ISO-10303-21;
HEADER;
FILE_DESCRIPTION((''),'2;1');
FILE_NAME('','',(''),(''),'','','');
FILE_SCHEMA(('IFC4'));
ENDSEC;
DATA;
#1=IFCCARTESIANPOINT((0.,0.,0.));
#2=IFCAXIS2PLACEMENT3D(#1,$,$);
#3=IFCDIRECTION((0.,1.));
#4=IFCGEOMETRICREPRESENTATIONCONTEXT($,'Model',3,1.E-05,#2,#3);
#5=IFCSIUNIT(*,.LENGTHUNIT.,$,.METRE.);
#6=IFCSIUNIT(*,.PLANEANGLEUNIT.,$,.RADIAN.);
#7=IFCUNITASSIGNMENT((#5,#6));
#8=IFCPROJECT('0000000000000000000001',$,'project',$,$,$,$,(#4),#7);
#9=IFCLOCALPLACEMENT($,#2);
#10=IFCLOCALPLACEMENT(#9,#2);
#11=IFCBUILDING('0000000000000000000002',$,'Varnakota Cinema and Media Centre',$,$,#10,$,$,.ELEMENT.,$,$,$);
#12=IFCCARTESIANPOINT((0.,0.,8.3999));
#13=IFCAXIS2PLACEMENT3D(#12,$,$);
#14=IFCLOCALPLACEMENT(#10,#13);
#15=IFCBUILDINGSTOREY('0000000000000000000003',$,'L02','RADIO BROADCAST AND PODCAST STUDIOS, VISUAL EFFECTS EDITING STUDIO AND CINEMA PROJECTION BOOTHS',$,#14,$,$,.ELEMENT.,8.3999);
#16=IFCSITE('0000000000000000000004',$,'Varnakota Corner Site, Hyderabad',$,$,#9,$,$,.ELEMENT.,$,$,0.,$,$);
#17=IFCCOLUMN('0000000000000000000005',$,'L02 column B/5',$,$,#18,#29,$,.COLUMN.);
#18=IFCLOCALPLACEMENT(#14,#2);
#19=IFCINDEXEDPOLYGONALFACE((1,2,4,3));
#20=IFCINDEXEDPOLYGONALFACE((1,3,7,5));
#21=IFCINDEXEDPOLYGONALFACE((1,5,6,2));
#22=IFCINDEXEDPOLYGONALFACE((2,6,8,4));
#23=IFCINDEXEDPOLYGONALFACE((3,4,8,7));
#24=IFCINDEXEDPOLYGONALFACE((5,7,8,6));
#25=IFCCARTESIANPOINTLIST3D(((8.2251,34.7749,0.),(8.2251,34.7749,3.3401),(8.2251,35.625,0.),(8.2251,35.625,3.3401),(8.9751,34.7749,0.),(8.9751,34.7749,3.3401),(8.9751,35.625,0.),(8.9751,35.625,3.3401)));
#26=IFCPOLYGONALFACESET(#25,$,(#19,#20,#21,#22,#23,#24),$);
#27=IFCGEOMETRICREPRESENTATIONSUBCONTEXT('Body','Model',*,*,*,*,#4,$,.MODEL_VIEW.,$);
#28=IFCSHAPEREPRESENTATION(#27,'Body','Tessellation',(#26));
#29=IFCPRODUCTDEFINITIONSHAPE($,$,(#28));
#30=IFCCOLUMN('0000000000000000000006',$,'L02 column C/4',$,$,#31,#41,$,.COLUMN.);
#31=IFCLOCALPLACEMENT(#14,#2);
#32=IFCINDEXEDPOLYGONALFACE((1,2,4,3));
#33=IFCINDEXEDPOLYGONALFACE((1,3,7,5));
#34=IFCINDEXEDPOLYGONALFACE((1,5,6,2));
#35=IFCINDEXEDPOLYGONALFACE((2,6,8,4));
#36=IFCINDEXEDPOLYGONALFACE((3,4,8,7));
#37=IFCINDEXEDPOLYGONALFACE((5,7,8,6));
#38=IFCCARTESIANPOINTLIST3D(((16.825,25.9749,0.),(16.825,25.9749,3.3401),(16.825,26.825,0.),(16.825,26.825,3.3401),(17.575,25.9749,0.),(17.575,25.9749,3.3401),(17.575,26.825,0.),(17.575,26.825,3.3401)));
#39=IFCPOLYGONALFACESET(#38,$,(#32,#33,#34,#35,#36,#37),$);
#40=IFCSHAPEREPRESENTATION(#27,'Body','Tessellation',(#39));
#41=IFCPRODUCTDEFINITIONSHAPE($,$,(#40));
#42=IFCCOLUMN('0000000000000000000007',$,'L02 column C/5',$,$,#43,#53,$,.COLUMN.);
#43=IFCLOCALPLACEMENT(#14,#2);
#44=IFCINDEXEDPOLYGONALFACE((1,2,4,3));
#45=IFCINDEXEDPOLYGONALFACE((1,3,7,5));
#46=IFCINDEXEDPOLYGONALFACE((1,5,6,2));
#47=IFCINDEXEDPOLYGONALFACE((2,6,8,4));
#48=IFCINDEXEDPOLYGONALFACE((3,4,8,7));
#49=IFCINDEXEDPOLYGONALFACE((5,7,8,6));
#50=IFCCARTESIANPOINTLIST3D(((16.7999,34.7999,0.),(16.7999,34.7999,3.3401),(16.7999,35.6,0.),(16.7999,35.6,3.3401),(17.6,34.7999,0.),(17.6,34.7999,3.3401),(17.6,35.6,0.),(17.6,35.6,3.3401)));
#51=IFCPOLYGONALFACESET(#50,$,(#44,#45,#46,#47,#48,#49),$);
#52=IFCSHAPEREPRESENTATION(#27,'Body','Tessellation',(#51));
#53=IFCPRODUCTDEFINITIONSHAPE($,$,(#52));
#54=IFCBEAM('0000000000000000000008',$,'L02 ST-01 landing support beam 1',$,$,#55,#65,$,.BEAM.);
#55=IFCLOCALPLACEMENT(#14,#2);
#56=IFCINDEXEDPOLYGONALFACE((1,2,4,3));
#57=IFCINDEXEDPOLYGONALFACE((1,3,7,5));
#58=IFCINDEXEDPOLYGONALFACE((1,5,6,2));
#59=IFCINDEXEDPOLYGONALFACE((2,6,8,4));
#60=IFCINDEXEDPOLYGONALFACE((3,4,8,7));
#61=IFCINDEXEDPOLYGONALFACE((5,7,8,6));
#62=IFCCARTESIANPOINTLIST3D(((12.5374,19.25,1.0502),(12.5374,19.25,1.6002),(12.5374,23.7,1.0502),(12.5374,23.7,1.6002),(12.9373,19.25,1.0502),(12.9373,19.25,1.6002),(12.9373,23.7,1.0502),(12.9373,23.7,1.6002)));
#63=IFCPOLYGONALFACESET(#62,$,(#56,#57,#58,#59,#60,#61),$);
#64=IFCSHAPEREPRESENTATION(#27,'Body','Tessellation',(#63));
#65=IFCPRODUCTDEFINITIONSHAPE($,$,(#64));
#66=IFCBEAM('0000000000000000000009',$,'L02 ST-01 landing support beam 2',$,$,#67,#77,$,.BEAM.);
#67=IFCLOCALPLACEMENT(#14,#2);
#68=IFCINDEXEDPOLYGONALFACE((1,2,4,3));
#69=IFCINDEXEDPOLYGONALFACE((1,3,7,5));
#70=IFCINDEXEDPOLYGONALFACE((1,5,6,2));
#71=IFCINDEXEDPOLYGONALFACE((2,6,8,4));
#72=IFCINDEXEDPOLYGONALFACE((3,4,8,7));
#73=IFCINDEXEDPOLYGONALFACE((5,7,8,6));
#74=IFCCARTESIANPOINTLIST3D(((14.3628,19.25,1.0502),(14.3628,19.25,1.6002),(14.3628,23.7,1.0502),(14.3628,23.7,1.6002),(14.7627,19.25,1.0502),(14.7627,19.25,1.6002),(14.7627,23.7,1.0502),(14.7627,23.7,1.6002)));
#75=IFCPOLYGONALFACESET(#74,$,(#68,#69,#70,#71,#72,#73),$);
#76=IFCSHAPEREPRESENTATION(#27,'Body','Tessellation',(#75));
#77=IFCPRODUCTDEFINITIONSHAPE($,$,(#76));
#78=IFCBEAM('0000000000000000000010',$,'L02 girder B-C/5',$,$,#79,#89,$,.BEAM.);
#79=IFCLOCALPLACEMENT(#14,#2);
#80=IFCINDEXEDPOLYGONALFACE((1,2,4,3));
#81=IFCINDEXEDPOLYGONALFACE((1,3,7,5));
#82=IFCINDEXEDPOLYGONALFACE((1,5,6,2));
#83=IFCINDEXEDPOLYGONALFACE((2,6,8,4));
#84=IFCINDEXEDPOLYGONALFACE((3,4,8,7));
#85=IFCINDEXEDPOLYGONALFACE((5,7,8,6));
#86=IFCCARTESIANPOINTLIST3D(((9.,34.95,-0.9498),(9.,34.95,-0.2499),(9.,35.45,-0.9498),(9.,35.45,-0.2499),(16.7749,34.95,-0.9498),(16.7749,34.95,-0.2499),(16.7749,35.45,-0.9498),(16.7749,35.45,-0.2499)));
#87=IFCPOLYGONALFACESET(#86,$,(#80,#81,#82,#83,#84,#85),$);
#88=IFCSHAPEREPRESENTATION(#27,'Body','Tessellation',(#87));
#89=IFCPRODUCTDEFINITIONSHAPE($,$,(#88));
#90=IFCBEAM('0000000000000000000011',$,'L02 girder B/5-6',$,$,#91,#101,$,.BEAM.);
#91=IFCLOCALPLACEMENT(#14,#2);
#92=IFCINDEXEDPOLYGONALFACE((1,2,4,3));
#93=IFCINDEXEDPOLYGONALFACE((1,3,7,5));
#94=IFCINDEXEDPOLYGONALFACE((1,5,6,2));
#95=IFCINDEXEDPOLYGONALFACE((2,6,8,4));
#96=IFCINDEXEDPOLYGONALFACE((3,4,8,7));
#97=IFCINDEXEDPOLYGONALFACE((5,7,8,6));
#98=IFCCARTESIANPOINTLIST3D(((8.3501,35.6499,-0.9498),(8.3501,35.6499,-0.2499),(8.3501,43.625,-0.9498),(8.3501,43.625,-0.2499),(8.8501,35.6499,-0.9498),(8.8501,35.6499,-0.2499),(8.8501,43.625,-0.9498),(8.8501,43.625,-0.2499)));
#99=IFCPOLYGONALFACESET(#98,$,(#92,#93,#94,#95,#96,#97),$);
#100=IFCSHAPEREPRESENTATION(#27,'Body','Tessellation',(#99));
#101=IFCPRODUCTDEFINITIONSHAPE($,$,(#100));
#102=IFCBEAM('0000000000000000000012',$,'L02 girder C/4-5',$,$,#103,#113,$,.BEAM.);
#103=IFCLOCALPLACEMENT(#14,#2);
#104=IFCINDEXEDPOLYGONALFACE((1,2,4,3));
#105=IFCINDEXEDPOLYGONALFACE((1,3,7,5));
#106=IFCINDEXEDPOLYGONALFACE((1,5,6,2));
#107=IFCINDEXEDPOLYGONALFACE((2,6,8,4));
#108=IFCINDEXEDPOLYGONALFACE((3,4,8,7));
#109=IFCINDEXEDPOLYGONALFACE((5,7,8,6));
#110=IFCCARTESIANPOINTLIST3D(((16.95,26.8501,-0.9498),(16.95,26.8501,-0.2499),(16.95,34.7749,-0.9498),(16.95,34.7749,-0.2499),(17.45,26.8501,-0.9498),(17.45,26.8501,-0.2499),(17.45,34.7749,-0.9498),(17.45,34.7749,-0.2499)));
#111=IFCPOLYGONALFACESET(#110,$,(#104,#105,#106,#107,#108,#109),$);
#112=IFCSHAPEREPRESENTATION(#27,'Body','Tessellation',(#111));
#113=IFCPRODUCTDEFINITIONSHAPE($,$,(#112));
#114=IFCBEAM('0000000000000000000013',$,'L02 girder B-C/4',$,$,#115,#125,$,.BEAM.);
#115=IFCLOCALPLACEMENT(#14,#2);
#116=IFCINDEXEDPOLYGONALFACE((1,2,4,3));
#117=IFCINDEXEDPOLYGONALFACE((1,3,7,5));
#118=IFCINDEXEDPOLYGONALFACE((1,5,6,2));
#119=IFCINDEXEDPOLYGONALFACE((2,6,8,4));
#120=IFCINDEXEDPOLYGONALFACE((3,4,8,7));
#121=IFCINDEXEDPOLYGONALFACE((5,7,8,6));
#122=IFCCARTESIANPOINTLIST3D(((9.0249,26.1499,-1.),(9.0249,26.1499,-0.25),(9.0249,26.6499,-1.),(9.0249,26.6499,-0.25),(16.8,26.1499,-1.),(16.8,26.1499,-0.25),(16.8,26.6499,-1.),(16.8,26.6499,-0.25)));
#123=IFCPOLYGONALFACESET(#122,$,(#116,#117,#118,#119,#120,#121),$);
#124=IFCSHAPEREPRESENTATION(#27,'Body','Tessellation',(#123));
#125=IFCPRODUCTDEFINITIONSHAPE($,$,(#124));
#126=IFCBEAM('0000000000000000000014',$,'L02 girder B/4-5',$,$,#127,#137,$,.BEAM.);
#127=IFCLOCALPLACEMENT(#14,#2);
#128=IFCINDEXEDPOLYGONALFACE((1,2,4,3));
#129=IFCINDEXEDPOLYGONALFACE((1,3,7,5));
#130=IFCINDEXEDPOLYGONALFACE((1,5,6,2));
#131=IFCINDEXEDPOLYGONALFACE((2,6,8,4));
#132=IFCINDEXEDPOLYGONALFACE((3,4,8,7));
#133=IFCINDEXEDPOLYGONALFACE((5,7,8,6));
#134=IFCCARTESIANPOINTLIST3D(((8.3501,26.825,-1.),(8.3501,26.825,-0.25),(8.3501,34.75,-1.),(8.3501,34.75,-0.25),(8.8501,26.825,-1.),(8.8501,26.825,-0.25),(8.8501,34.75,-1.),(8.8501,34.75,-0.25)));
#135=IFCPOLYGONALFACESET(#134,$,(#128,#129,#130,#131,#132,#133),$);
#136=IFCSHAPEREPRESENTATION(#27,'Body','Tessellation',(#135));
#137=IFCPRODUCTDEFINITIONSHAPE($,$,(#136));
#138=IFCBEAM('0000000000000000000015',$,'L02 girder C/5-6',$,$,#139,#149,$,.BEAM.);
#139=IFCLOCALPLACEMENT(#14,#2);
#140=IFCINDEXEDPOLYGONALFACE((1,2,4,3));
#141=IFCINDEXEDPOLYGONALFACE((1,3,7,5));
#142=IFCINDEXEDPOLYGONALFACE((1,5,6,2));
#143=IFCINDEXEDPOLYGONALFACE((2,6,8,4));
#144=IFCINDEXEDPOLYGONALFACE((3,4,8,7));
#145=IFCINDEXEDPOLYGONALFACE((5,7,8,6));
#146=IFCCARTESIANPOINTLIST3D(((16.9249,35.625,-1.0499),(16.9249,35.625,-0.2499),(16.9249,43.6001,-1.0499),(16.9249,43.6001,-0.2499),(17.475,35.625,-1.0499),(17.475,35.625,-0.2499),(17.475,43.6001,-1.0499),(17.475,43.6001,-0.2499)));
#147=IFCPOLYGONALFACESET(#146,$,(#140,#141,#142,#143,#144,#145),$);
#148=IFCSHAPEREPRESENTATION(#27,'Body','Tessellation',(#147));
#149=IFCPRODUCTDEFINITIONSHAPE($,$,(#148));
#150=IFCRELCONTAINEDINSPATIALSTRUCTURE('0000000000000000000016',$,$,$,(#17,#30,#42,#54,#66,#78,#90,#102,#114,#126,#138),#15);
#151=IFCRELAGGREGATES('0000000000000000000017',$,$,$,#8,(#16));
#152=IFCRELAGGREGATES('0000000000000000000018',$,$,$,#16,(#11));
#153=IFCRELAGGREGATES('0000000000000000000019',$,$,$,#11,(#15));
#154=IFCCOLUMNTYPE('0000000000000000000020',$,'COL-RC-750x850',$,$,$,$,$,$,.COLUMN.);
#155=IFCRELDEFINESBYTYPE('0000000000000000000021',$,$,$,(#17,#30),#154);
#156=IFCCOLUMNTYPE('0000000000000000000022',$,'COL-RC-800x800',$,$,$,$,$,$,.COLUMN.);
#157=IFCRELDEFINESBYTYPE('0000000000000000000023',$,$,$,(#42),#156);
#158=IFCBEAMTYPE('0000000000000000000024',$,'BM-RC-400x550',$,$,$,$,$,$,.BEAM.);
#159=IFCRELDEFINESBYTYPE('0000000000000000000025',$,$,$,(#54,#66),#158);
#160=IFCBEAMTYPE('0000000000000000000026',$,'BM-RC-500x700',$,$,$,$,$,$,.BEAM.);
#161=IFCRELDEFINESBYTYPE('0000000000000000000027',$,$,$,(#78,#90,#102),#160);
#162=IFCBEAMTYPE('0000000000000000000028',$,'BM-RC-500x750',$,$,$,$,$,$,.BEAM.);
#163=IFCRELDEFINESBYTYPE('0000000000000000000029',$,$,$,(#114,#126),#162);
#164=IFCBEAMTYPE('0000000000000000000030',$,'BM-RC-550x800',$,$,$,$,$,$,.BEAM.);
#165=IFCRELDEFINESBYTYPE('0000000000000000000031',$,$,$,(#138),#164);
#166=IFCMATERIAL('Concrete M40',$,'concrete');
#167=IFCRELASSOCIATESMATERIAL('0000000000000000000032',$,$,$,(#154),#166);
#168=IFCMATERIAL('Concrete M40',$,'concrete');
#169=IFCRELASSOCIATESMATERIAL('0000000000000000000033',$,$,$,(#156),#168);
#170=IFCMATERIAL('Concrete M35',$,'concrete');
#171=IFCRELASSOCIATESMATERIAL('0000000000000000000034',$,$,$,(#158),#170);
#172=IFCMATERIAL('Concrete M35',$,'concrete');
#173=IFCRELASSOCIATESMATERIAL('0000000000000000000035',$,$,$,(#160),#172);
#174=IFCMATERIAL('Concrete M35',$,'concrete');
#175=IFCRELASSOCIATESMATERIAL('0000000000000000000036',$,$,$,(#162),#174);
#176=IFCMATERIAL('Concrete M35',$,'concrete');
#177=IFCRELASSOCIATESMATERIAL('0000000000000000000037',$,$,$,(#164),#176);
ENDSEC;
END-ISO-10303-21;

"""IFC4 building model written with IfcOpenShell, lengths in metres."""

from ifc_helpers import new_model, si_unit, direction, frame, origin, origin_2d, place, context, subcontext, project, spatial, rectangle, extrude, material, material_profile, profile_set, type_object, element, save


model = new_model("IFC4")

# Units and contexts
model_context = context("Model", 3, precision=1e-05, world=origin(), true_north=direction((0.0, 1.0)))
body_context = subcontext(model_context, "Body", "Model", "MODEL_VIEW")
ifc_project = project(units=[si_unit("LENGTHUNIT", "METRE"), si_unit("PLANEANGLEUNIT", "RADIAN")], contexts=[model_context])

# Site, building, storey
site_placement = place(None, origin())
site = spatial("IfcSite", under=ifc_project, at=site_placement, Name="Varnakota Corner Site, Hyderabad", CompositionType="ELEMENT", RefElevation=0.0)
building_placement = place(site_placement, origin())
building = spatial("IfcBuilding", under=site, at=building_placement, Name="Varnakota Cinema and Media Centre", CompositionType="ELEMENT")
storey_placement = place(building_placement, frame((0.0, 0.0, 8.3999)))
storey = spatial("IfcBuildingStorey", under=building, at=storey_placement, Name="L02", Description="RADIO BROADCAST AND PODCAST STUDIOS, VISUAL EFFECTS EDITING STUDIO AND CINEMA PROJECTION BOOTHS", CompositionType="ELEMENT", Elevation=8.3999)

# Columns
ifc_material_1 = material(Name="Concrete M40", Category="concrete")
ifc_material_profile_1 = material_profile(ifc_material_1, rectangle(XDim=0.75, YDim=0.8501, at=origin_2d()), Name="RC 750x850")
ifc_profile_set_1 = profile_set([ifc_material_profile_1], Name="Concrete M40")
column_type_1 = type_object("IfcColumnType", Name="COL-RC-750x850", PredefinedType="COLUMN", material=ifc_profile_set_1)
for number, where, z_axis, x_axis, name in (
    (1, (8.6001, 35.2, 0.0), (0.0, 0.0, 1.0), (1.0, 0.0, 0.0), "L02 column B/5"),
    (2, (17.2, 26.3999, 0.0), (0.0, 0.0, 1.0), (1.0, 0.0, 0.0), "L02 column C/4"),
):
    element("IfcColumn", number, at=place(storey_placement, frame(where, z_axis=z_axis, x_axis=x_axis)), inside=storey, type_object=column_type_1, Name=name, PredefinedType="COLUMN", context=body_context, shape_type="SweptSolid", body=[
        extrude(rectangle(XDim=0.75, YDim=0.8501, at=origin_2d()), origin(), (0.0, 0.0, 1.0), 3.3401),
    ])
ifc_material_2 = material(Name="Concrete M40", Category="concrete")
ifc_material_profile_2 = material_profile(ifc_material_2, rectangle(XDim=0.8, YDim=0.8, at=origin_2d()), Name="RC 800x800")
ifc_profile_set_2 = profile_set([ifc_material_profile_2], Name="Concrete M40")
column_type_2 = type_object("IfcColumnType", Name="COL-RC-800x800", PredefinedType="COLUMN", material=ifc_profile_set_2)
column_placement = place(storey_placement, frame((17.2, 35.2, 0.0), z_axis=(0.0, 0.0, 1.0), x_axis=(1.0, 0.0, 0.0)))
element("IfcColumn", 3, at=column_placement, inside=storey, type_object=column_type_2, Name="L02 column C/5", PredefinedType="COLUMN", context=body_context, shape_type="SweptSolid", body=[
    extrude(rectangle(XDim=0.8, YDim=0.8, at=origin_2d()), origin(), (0.0, 0.0, 1.0), 3.3401),
])

# Beams
ifc_material_3 = material(Name="Concrete M35", Category="concrete")
ifc_material_profile_3 = material_profile(ifc_material_3, rectangle(XDim=0.3999, YDim=0.55, at=origin_2d()), Name="RCB 400x550")
ifc_profile_set_3 = profile_set([ifc_material_profile_3], Name="Concrete M35")
beam_type_1 = type_object("IfcBeamType", Name="BM-RC-400x550", PredefinedType="BEAM", material=ifc_profile_set_3)
for number, where, z_axis, x_axis, name in (
    (4, (12.7373, 19.25, 1.3252), (0.0, 1.0, 0.0), (-1.0, 0.0, 0.0), "L02 ST-01 landing support beam 1"),
    (5, (14.5627, 19.25, 1.3252), (0.0, 1.0, 0.0), (-1.0, 0.0, 0.0), "L02 ST-01 landing support beam 2"),
):
    element("IfcBeam", number, at=place(storey_placement, frame(where, z_axis=z_axis, x_axis=x_axis)), inside=storey, type_object=beam_type_1, Name=name, PredefinedType="BEAM", context=body_context, shape_type="SweptSolid", body=[
        extrude(rectangle(XDim=0.3999, YDim=0.55, at=origin_2d()), origin(), (0.0, 0.0, 1.0), 4.45),
    ])
ifc_material_4 = material(Name="Concrete M35", Category="concrete")
ifc_material_profile_4 = material_profile(ifc_material_4, rectangle(XDim=0.5, YDim=0.7, at=origin_2d()), Name="RCB 500x700")
ifc_profile_set_4 = profile_set([ifc_material_profile_4], Name="Concrete M35")
beam_type_2 = type_object("IfcBeamType", Name="BM-RC-500x700", PredefinedType="BEAM", material=ifc_profile_set_4)
beam_1_placement = place(storey_placement, frame((9.0, 35.2, -0.5999), z_axis=(1.0, 0.0, 0.0), x_axis=(0.0, 1.0, 0.0)))
element("IfcBeam", 6, at=beam_1_placement, inside=storey, type_object=beam_type_2, Name="L02 girder B-C/5", PredefinedType="BEAM", context=body_context, shape_type="SweptSolid", body=[
    extrude(rectangle(XDim=0.5, YDim=0.7, at=origin_2d()), origin(), (0.0, 0.0, 1.0), 7.7749),
])
beam_2_placement = place(storey_placement, frame((8.6001, 35.6499, -0.5999), z_axis=(0.0, 1.0, 0.0), x_axis=(-1.0, 0.0, 0.0)))
element("IfcBeam", 7, at=beam_2_placement, inside=storey, type_object=beam_type_2, Name="L02 girder B/5-6", PredefinedType="BEAM", context=body_context, shape_type="SweptSolid", body=[
    extrude(rectangle(XDim=0.5, YDim=0.7, at=origin_2d()), origin(), (0.0, 0.0, 1.0), 7.9751),
])
beam_3_placement = place(storey_placement, frame((17.2, 26.8501, -0.5999), z_axis=(0.0, 1.0, 0.0), x_axis=(-1.0, 0.0, 0.0)))
element("IfcBeam", 8, at=beam_3_placement, inside=storey, type_object=beam_type_2, Name="L02 girder C/4-5", PredefinedType="BEAM", context=body_context, shape_type="SweptSolid", body=[
    extrude(rectangle(XDim=0.5, YDim=0.7, at=origin_2d()), origin(), (0.0, 0.0, 1.0), 7.9248),
])
ifc_material_5 = material(Name="Concrete M35", Category="concrete")
ifc_material_profile_5 = material_profile(ifc_material_5, rectangle(XDim=0.5, YDim=0.75, at=origin_2d()), Name="RCB 500x750")
ifc_profile_set_5 = profile_set([ifc_material_profile_5], Name="Concrete M35")
beam_type_3 = type_object("IfcBeamType", Name="BM-RC-500x750", PredefinedType="BEAM", material=ifc_profile_set_5)
beam_4_placement = place(storey_placement, frame((9.0249, 26.3999, -0.625), z_axis=(1.0, 0.0, 0.0), x_axis=(0.0, 1.0, 0.0)))
element("IfcBeam", 9, at=beam_4_placement, inside=storey, type_object=beam_type_3, Name="L02 girder B-C/4", PredefinedType="BEAM", context=body_context, shape_type="SweptSolid", body=[
    extrude(rectangle(XDim=0.5, YDim=0.75, at=origin_2d()), origin(), (0.0, 0.0, 1.0), 7.7751),
])
beam_5_placement = place(storey_placement, frame((8.6001, 26.825, -0.625), z_axis=(0.0, 1.0, 0.0), x_axis=(-1.0, 0.0, 0.0)))
element("IfcBeam", 10, at=beam_5_placement, inside=storey, type_object=beam_type_3, Name="L02 girder B/4-5", PredefinedType="BEAM", context=body_context, shape_type="SweptSolid", body=[
    extrude(rectangle(XDim=0.5, YDim=0.75, at=origin_2d()), origin(), (0.0, 0.0, 1.0), 7.925),
])
ifc_material_6 = material(Name="Concrete M35", Category="concrete")
ifc_material_profile_6 = material_profile(ifc_material_6, rectangle(XDim=0.55, YDim=0.8, at=origin_2d()), Name="RCB 550x800")
ifc_profile_set_6 = profile_set([ifc_material_profile_6], Name="Concrete M35")
beam_type_4 = type_object("IfcBeamType", Name="BM-RC-550x800", PredefinedType="BEAM", material=ifc_profile_set_6)
beam_6_placement = place(storey_placement, frame((17.2, 35.625, -0.6499), z_axis=(0.0, 1.0, 0.0), x_axis=(-1.0, 0.0, 0.0)))
element("IfcBeam", 11, at=beam_6_placement, inside=storey, type_object=beam_type_4, Name="L02 girder C/5-6", PredefinedType="BEAM", context=body_context, shape_type="SweptSolid", body=[
    extrude(rectangle(XDim=0.55, YDim=0.8, at=origin_2d()), origin(), (0.0, 0.0, 1.0), 7.9751),
])

save(model, "model.ifc")
